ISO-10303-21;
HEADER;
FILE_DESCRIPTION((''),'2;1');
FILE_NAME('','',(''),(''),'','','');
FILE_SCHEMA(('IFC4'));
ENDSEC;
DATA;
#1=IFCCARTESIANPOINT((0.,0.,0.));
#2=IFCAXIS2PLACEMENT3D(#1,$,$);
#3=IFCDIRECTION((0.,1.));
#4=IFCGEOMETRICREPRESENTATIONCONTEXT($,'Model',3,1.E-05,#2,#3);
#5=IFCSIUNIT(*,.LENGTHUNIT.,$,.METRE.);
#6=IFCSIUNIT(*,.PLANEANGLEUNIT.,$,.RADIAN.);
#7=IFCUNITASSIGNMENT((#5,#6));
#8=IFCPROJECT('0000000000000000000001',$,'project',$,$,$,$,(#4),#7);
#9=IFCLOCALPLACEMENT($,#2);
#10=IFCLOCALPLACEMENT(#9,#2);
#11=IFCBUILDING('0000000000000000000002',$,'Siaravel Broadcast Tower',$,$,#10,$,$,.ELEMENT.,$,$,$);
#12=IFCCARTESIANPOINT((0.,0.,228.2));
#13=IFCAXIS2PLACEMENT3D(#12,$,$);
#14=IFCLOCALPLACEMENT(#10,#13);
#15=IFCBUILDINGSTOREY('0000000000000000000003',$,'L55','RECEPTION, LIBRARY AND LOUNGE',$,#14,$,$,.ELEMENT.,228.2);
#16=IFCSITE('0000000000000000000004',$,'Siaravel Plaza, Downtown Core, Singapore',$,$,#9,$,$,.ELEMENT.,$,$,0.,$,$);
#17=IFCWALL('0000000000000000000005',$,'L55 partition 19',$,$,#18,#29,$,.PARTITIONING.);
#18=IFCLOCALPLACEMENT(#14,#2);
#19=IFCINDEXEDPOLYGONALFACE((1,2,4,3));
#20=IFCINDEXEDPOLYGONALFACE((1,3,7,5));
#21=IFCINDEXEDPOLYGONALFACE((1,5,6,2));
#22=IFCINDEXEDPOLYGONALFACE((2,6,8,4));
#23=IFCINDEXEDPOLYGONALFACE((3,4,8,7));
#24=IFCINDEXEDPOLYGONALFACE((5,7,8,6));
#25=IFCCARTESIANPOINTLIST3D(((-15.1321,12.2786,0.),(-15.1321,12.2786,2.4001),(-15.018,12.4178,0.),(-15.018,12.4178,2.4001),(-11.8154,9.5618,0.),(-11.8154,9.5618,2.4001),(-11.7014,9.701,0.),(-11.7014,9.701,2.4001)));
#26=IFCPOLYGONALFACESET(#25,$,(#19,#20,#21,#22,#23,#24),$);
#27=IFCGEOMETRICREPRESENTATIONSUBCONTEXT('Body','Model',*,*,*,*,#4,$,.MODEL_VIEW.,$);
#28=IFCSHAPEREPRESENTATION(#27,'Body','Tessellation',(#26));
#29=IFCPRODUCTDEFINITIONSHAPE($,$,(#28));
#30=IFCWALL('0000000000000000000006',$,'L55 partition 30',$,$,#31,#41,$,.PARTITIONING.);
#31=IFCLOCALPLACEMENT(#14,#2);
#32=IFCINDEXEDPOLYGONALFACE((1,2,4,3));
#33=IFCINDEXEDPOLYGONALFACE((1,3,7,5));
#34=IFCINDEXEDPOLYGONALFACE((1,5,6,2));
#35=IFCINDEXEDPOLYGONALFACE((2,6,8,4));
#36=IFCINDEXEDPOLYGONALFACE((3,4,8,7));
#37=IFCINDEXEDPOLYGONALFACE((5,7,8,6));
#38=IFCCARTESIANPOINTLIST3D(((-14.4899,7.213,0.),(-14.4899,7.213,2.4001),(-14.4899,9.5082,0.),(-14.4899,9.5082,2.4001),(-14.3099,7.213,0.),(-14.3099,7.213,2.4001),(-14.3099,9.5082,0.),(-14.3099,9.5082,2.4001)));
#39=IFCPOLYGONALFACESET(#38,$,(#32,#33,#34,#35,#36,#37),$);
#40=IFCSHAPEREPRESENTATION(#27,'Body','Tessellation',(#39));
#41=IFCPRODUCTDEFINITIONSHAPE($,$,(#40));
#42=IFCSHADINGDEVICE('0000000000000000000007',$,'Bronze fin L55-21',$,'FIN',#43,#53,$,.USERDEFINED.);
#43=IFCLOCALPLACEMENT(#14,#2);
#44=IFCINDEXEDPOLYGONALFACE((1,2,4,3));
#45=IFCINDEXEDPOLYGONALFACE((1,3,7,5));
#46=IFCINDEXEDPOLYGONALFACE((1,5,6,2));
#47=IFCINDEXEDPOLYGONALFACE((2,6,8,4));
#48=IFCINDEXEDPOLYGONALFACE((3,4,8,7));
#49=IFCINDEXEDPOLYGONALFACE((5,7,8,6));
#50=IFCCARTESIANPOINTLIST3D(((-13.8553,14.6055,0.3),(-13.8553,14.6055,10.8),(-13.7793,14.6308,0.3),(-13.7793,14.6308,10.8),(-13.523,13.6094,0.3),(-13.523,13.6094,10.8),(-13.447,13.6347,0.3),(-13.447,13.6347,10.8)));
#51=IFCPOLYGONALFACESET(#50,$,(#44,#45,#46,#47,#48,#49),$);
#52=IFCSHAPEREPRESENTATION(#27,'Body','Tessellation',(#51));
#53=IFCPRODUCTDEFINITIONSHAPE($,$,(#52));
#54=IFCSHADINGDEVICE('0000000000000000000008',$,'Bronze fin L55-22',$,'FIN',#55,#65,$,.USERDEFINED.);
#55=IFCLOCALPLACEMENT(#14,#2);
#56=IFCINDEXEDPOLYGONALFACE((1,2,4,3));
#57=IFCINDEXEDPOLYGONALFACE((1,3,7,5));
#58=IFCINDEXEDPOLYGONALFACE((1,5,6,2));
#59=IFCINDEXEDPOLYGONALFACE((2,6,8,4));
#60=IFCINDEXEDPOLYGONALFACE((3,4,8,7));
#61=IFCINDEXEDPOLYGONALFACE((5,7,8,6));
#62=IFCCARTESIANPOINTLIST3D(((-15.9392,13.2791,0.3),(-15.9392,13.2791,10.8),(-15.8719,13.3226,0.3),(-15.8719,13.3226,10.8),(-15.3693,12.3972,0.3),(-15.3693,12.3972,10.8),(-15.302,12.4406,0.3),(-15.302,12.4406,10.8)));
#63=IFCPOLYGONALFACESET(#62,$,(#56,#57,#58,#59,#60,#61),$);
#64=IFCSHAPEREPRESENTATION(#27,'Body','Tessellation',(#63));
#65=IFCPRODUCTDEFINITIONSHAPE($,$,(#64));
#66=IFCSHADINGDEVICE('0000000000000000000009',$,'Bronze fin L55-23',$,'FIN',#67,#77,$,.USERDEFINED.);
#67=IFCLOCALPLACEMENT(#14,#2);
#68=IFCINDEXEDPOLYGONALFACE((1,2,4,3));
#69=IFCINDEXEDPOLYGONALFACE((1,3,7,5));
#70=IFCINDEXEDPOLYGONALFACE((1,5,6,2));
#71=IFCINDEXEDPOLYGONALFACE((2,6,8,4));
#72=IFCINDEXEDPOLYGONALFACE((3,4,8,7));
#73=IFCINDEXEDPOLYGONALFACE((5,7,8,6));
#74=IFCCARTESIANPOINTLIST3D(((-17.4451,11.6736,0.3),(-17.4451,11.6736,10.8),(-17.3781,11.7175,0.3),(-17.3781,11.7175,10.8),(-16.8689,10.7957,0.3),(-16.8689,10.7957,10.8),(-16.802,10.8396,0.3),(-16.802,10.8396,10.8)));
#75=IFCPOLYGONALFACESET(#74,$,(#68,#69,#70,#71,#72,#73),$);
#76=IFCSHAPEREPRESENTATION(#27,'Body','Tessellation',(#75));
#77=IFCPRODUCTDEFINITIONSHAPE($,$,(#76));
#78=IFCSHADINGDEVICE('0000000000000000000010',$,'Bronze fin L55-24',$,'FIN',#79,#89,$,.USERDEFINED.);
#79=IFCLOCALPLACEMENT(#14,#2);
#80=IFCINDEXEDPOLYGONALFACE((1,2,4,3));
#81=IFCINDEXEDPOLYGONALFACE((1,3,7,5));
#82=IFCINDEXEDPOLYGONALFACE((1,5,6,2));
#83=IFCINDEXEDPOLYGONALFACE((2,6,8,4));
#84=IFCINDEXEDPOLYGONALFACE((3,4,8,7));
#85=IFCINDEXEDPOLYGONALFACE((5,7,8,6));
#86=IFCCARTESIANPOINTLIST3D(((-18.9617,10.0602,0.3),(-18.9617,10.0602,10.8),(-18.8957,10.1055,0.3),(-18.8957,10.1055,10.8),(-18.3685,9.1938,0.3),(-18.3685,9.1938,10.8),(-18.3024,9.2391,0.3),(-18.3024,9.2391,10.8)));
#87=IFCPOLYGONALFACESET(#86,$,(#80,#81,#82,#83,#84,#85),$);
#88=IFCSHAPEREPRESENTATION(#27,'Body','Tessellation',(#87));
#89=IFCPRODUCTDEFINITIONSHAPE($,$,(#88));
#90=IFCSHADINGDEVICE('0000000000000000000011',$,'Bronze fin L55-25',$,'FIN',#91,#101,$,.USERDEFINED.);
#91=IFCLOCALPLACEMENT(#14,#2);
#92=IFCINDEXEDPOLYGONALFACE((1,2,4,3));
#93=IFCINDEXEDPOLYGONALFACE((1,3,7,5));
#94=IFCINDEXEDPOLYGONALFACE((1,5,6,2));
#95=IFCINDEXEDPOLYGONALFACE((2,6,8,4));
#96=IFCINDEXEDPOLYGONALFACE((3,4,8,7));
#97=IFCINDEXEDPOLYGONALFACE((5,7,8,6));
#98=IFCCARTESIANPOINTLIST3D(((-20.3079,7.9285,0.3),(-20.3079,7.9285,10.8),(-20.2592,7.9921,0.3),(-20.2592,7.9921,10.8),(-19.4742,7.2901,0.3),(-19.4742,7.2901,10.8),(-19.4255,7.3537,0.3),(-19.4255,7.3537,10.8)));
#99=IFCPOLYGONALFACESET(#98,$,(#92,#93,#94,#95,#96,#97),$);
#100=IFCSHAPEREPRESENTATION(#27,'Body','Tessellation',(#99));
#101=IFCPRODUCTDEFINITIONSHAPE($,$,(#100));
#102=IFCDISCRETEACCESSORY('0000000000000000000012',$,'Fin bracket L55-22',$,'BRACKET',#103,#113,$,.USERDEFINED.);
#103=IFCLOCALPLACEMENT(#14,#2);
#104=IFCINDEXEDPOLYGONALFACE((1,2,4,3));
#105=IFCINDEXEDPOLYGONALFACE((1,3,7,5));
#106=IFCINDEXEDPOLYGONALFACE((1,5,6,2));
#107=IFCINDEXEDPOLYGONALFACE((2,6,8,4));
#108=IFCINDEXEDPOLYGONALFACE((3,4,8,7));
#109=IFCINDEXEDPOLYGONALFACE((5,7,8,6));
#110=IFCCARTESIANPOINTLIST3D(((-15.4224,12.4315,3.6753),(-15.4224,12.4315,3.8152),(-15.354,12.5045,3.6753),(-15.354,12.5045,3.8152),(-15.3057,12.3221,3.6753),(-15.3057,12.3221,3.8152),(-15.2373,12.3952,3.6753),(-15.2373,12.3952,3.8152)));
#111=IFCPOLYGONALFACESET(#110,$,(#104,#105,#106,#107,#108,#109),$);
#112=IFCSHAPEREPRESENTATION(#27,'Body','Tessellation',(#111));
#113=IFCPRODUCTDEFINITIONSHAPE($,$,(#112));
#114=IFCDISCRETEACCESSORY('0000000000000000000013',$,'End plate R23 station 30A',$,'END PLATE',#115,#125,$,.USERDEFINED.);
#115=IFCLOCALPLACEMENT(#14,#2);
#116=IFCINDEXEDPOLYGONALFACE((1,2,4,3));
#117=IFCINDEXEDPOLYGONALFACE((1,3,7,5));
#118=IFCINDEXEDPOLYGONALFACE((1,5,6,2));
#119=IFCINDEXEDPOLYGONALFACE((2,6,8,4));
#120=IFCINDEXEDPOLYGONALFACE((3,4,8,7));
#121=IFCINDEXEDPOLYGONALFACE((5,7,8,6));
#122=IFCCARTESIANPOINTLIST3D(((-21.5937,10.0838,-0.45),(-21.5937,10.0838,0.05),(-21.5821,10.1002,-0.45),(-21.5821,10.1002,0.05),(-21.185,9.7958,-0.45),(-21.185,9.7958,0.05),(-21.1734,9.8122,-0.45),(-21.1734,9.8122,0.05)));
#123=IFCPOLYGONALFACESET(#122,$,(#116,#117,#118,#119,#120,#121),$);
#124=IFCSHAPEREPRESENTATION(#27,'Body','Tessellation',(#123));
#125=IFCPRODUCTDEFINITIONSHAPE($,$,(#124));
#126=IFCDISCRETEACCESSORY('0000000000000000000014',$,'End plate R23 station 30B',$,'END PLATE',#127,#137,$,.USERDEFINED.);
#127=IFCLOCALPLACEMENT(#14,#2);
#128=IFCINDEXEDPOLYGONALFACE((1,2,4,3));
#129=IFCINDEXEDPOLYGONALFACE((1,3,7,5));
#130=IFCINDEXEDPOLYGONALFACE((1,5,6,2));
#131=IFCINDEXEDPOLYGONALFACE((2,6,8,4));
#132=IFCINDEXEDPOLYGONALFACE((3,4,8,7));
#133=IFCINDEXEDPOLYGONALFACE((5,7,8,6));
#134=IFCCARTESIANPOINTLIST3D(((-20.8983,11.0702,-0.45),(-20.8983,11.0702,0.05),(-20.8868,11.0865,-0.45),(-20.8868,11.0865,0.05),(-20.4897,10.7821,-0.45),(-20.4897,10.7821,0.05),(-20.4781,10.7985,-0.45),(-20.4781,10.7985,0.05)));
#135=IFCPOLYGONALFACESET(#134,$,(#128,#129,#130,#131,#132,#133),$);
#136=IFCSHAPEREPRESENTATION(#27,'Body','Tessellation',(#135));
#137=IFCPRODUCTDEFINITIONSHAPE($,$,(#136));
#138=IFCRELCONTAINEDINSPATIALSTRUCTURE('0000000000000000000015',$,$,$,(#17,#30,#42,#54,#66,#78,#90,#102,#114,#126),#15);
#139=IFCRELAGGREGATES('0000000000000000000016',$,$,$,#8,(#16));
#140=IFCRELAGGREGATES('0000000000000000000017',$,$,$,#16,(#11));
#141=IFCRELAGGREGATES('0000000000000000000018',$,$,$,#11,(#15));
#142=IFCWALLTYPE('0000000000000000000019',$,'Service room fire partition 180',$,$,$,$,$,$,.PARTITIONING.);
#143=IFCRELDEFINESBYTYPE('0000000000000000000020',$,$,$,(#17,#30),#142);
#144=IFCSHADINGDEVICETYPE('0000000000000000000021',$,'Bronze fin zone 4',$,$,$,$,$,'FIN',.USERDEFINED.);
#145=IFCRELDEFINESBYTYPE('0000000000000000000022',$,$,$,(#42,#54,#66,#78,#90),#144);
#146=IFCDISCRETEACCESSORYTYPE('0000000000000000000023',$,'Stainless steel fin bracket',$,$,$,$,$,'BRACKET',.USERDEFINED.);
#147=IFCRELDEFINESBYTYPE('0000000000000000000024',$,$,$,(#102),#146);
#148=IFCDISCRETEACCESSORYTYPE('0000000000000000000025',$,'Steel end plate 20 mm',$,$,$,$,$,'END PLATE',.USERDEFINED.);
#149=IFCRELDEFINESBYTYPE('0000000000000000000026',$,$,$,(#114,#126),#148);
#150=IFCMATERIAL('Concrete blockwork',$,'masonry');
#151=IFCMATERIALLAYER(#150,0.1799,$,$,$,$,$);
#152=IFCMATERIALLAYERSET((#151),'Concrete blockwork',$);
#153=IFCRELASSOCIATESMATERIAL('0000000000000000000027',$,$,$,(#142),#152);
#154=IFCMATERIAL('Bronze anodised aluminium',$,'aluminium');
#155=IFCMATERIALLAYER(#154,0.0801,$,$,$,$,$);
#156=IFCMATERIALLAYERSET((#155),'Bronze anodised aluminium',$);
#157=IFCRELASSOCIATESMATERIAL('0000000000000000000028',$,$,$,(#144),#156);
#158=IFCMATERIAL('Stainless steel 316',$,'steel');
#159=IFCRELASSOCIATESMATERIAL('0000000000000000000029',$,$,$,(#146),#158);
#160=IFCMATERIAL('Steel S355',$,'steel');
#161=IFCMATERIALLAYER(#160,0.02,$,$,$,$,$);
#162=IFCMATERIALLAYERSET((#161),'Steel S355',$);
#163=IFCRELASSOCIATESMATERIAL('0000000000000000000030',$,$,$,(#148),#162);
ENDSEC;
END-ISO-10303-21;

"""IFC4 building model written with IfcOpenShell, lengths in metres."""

from ifc_helpers import new_model, si_unit, direction, frame, frame_2d, origin, origin_2d, place, context, subcontext, project, spatial, rectangle, extrude, material, layer, layer_set, type_object, element, save


model = new_model("IFC4")

# Units and contexts
model_context = context("Model", 3, precision=1e-05, world=origin(), true_north=direction((0.0, 1.0)))
body_context = subcontext(model_context, "Body", "Model", "MODEL_VIEW")
ifc_project = project(units=[si_unit("LENGTHUNIT", "METRE"), si_unit("PLANEANGLEUNIT", "RADIAN")], contexts=[model_context])

# Site, building, storey
site_placement = place(None, origin())
site = spatial("IfcSite", under=ifc_project, at=site_placement, Name="Siaravel Plaza, Downtown Core, Singapore", CompositionType="ELEMENT", RefElevation=0.0)
building_placement = place(site_placement, origin())
building = spatial("IfcBuilding", under=site, at=building_placement, Name="Siaravel Broadcast Tower", CompositionType="ELEMENT")
storey_placement = place(building_placement, frame((0.0, 0.0, 228.2)))
storey = spatial("IfcBuildingStorey", under=building, at=storey_placement, Name="L55", Description="RECEPTION, LIBRARY AND LOUNGE", CompositionType="ELEMENT", Elevation=228.2)

# Shared definitions
ifc_material_1 = material(Name="Steel S355", Category="steel")

# Walls
ifc_material_2 = material(Name="Concrete blockwork", Category="masonry")
ifc_layer_1 = layer(ifc_material_2, 0.1799)
ifc_layer_set_1 = layer_set([ifc_layer_1], Name="Concrete blockwork")
wall_type = type_object("IfcWallType", Name="Service room fire partition 180", PredefinedType="PARTITIONING", material=ifc_layer_set_1)
wall_1_placement = place(storey_placement, frame((-15.075, 12.3481, 0.0), z_axis=(0.0, 0.0, 1.0), x_axis=(0.773594, -0.633681, 0.0)))
element("IfcWall", 1, at=wall_1_placement, inside=storey, type_object=wall_type, Name="L55 partition 19", PredefinedType="PARTITIONING", context=body_context, shape_type="SweptSolid", body=[
    extrude(rectangle(XDim=4.2874, YDim=0.1799, at=frame_2d((2.1436, 0.0))), origin(), (0.0, 0.0, 1.0), 2.4001),
])
wall_2_placement = place(storey_placement, frame((-14.3999, 9.5081, 0.0), z_axis=(0.0, 0.0, 1.0), x_axis=(0.0, -1.0, 0.0)))
element("IfcWall", 2, at=wall_2_placement, inside=storey, type_object=wall_type, Name="L55 partition 30", PredefinedType="PARTITIONING", context=body_context, shape_type="SweptSolid", body=[
    extrude(rectangle(XDim=2.2952, YDim=0.1799, at=frame_2d((1.1475, 0.0))), origin(), (0.0, 0.0, 1.0), 2.4001),
])

# Shading devices
ifc_material_3 = material(Name="Bronze anodised aluminium", Category="aluminium")
ifc_layer_2 = layer(ifc_material_3, 0.0801)
ifc_layer_set_2 = layer_set([ifc_layer_2], Name="Bronze anodised aluminium")
shading_device_type = type_object("IfcShadingDeviceType", Name="Bronze fin zone 4", ElementType="FIN", PredefinedType="USERDEFINED", material=ifc_layer_set_2)
for number, where, z_axis, x_axis, name in (
    (3, (-13.6511, 14.1201, 0.3), (0.0, 0.0, 1.0), (-0.316454, 0.948608, 0.0), "Bronze fin L55-21"),
    (4, (-15.6206, 12.8599, 0.3), (0.0, 0.0, 1.0), (-0.542752, 0.839893, 0.0), "Bronze fin L55-22"),
    (5, (-17.1235, 11.2566, 0.3), (0.0, 0.0, 1.0), (-0.54869, 0.836026, 0.0), "Bronze fin L55-23"),
    (6, (-18.6321, 9.6497, 0.3), (0.0, 0.0, 1.0), (-0.564987, 0.8251, 0.0), "Bronze fin L55-24"),
    (7, (-19.8667, 7.6411, 0.3), (0.0, 0.0, 1.0), (-0.793974, 0.607951, 0.0), "Bronze fin L55-25"),
):
    element("IfcShadingDevice", number, at=place(storey_placement, frame(where, z_axis=z_axis, x_axis=x_axis)), inside=storey, type_object=shading_device_type, Name=name, ObjectType="FIN", PredefinedType="USERDEFINED", context=body_context, shape_type="SweptSolid", body=[
        extrude(rectangle(XDim=1.05, YDim=0.0801, at=origin_2d()), origin(), (0.0, 0.0, 1.0), 10.5),
    ])

# Discrete accessories
ifc_material_4 = material(Name="Stainless steel 316", Category="steel")
discrete_accessory_type_1 = type_object("IfcDiscreteAccessoryType", Name="Stainless steel fin bracket", ElementType="BRACKET", PredefinedType="USERDEFINED", material=ifc_material_4)
discrete_accessory_placement = place(storey_placement, frame((-15.3298, 12.4133, 3.6753), z_axis=(0.0, 0.0, 1.0), x_axis=(-0.729807, 0.683653, 0.0)))
element("IfcDiscreteAccessory", 8, at=discrete_accessory_placement, inside=storey, type_object=discrete_accessory_type_1, Name="Fin bracket L55-22", ObjectType="BRACKET", PredefinedType="USERDEFINED", context=body_context, shape_type="SweptSolid", body=[
    extrude(rectangle(XDim=0.1599, YDim=0.1001, at=origin_2d()), origin(), (0.0, 0.0, 1.0), 0.1399),
])
ifc_layer_3 = layer(ifc_material_1, 0.02)
ifc_layer_set_3 = layer_set([ifc_layer_3], Name="Steel S355")
discrete_accessory_type_2 = type_object("IfcDiscreteAccessoryType", Name="Steel end plate 20 mm", ElementType="END PLATE", PredefinedType="USERDEFINED", material=ifc_layer_set_3)
for number, where, z_axis, x_axis, name in (
    (9, (-21.3835, 9.948, -0.45), (0.0, 0.0, 1.0), (-0.576119, -0.817366, 0.0), "End plate R23 station 30A"),
    (10, (-20.6882, 10.9343, -0.45), (0.0, 0.0, 1.0), (-0.576119, -0.817366, 0.0), "End plate R23 station 30B"),
):
    element("IfcDiscreteAccessory", number, at=place(storey_placement, frame(where, z_axis=z_axis, x_axis=x_axis)), inside=storey, type_object=discrete_accessory_type_2, Name=name, ObjectType="END PLATE", PredefinedType="USERDEFINED", context=body_context, shape_type="SweptSolid", body=[
        extrude(rectangle(XDim=0.02, YDim=0.5, at=origin_2d()), origin(), (0.0, 0.0, 1.0), 0.5),
    ])

save(model, "model.ifc")
